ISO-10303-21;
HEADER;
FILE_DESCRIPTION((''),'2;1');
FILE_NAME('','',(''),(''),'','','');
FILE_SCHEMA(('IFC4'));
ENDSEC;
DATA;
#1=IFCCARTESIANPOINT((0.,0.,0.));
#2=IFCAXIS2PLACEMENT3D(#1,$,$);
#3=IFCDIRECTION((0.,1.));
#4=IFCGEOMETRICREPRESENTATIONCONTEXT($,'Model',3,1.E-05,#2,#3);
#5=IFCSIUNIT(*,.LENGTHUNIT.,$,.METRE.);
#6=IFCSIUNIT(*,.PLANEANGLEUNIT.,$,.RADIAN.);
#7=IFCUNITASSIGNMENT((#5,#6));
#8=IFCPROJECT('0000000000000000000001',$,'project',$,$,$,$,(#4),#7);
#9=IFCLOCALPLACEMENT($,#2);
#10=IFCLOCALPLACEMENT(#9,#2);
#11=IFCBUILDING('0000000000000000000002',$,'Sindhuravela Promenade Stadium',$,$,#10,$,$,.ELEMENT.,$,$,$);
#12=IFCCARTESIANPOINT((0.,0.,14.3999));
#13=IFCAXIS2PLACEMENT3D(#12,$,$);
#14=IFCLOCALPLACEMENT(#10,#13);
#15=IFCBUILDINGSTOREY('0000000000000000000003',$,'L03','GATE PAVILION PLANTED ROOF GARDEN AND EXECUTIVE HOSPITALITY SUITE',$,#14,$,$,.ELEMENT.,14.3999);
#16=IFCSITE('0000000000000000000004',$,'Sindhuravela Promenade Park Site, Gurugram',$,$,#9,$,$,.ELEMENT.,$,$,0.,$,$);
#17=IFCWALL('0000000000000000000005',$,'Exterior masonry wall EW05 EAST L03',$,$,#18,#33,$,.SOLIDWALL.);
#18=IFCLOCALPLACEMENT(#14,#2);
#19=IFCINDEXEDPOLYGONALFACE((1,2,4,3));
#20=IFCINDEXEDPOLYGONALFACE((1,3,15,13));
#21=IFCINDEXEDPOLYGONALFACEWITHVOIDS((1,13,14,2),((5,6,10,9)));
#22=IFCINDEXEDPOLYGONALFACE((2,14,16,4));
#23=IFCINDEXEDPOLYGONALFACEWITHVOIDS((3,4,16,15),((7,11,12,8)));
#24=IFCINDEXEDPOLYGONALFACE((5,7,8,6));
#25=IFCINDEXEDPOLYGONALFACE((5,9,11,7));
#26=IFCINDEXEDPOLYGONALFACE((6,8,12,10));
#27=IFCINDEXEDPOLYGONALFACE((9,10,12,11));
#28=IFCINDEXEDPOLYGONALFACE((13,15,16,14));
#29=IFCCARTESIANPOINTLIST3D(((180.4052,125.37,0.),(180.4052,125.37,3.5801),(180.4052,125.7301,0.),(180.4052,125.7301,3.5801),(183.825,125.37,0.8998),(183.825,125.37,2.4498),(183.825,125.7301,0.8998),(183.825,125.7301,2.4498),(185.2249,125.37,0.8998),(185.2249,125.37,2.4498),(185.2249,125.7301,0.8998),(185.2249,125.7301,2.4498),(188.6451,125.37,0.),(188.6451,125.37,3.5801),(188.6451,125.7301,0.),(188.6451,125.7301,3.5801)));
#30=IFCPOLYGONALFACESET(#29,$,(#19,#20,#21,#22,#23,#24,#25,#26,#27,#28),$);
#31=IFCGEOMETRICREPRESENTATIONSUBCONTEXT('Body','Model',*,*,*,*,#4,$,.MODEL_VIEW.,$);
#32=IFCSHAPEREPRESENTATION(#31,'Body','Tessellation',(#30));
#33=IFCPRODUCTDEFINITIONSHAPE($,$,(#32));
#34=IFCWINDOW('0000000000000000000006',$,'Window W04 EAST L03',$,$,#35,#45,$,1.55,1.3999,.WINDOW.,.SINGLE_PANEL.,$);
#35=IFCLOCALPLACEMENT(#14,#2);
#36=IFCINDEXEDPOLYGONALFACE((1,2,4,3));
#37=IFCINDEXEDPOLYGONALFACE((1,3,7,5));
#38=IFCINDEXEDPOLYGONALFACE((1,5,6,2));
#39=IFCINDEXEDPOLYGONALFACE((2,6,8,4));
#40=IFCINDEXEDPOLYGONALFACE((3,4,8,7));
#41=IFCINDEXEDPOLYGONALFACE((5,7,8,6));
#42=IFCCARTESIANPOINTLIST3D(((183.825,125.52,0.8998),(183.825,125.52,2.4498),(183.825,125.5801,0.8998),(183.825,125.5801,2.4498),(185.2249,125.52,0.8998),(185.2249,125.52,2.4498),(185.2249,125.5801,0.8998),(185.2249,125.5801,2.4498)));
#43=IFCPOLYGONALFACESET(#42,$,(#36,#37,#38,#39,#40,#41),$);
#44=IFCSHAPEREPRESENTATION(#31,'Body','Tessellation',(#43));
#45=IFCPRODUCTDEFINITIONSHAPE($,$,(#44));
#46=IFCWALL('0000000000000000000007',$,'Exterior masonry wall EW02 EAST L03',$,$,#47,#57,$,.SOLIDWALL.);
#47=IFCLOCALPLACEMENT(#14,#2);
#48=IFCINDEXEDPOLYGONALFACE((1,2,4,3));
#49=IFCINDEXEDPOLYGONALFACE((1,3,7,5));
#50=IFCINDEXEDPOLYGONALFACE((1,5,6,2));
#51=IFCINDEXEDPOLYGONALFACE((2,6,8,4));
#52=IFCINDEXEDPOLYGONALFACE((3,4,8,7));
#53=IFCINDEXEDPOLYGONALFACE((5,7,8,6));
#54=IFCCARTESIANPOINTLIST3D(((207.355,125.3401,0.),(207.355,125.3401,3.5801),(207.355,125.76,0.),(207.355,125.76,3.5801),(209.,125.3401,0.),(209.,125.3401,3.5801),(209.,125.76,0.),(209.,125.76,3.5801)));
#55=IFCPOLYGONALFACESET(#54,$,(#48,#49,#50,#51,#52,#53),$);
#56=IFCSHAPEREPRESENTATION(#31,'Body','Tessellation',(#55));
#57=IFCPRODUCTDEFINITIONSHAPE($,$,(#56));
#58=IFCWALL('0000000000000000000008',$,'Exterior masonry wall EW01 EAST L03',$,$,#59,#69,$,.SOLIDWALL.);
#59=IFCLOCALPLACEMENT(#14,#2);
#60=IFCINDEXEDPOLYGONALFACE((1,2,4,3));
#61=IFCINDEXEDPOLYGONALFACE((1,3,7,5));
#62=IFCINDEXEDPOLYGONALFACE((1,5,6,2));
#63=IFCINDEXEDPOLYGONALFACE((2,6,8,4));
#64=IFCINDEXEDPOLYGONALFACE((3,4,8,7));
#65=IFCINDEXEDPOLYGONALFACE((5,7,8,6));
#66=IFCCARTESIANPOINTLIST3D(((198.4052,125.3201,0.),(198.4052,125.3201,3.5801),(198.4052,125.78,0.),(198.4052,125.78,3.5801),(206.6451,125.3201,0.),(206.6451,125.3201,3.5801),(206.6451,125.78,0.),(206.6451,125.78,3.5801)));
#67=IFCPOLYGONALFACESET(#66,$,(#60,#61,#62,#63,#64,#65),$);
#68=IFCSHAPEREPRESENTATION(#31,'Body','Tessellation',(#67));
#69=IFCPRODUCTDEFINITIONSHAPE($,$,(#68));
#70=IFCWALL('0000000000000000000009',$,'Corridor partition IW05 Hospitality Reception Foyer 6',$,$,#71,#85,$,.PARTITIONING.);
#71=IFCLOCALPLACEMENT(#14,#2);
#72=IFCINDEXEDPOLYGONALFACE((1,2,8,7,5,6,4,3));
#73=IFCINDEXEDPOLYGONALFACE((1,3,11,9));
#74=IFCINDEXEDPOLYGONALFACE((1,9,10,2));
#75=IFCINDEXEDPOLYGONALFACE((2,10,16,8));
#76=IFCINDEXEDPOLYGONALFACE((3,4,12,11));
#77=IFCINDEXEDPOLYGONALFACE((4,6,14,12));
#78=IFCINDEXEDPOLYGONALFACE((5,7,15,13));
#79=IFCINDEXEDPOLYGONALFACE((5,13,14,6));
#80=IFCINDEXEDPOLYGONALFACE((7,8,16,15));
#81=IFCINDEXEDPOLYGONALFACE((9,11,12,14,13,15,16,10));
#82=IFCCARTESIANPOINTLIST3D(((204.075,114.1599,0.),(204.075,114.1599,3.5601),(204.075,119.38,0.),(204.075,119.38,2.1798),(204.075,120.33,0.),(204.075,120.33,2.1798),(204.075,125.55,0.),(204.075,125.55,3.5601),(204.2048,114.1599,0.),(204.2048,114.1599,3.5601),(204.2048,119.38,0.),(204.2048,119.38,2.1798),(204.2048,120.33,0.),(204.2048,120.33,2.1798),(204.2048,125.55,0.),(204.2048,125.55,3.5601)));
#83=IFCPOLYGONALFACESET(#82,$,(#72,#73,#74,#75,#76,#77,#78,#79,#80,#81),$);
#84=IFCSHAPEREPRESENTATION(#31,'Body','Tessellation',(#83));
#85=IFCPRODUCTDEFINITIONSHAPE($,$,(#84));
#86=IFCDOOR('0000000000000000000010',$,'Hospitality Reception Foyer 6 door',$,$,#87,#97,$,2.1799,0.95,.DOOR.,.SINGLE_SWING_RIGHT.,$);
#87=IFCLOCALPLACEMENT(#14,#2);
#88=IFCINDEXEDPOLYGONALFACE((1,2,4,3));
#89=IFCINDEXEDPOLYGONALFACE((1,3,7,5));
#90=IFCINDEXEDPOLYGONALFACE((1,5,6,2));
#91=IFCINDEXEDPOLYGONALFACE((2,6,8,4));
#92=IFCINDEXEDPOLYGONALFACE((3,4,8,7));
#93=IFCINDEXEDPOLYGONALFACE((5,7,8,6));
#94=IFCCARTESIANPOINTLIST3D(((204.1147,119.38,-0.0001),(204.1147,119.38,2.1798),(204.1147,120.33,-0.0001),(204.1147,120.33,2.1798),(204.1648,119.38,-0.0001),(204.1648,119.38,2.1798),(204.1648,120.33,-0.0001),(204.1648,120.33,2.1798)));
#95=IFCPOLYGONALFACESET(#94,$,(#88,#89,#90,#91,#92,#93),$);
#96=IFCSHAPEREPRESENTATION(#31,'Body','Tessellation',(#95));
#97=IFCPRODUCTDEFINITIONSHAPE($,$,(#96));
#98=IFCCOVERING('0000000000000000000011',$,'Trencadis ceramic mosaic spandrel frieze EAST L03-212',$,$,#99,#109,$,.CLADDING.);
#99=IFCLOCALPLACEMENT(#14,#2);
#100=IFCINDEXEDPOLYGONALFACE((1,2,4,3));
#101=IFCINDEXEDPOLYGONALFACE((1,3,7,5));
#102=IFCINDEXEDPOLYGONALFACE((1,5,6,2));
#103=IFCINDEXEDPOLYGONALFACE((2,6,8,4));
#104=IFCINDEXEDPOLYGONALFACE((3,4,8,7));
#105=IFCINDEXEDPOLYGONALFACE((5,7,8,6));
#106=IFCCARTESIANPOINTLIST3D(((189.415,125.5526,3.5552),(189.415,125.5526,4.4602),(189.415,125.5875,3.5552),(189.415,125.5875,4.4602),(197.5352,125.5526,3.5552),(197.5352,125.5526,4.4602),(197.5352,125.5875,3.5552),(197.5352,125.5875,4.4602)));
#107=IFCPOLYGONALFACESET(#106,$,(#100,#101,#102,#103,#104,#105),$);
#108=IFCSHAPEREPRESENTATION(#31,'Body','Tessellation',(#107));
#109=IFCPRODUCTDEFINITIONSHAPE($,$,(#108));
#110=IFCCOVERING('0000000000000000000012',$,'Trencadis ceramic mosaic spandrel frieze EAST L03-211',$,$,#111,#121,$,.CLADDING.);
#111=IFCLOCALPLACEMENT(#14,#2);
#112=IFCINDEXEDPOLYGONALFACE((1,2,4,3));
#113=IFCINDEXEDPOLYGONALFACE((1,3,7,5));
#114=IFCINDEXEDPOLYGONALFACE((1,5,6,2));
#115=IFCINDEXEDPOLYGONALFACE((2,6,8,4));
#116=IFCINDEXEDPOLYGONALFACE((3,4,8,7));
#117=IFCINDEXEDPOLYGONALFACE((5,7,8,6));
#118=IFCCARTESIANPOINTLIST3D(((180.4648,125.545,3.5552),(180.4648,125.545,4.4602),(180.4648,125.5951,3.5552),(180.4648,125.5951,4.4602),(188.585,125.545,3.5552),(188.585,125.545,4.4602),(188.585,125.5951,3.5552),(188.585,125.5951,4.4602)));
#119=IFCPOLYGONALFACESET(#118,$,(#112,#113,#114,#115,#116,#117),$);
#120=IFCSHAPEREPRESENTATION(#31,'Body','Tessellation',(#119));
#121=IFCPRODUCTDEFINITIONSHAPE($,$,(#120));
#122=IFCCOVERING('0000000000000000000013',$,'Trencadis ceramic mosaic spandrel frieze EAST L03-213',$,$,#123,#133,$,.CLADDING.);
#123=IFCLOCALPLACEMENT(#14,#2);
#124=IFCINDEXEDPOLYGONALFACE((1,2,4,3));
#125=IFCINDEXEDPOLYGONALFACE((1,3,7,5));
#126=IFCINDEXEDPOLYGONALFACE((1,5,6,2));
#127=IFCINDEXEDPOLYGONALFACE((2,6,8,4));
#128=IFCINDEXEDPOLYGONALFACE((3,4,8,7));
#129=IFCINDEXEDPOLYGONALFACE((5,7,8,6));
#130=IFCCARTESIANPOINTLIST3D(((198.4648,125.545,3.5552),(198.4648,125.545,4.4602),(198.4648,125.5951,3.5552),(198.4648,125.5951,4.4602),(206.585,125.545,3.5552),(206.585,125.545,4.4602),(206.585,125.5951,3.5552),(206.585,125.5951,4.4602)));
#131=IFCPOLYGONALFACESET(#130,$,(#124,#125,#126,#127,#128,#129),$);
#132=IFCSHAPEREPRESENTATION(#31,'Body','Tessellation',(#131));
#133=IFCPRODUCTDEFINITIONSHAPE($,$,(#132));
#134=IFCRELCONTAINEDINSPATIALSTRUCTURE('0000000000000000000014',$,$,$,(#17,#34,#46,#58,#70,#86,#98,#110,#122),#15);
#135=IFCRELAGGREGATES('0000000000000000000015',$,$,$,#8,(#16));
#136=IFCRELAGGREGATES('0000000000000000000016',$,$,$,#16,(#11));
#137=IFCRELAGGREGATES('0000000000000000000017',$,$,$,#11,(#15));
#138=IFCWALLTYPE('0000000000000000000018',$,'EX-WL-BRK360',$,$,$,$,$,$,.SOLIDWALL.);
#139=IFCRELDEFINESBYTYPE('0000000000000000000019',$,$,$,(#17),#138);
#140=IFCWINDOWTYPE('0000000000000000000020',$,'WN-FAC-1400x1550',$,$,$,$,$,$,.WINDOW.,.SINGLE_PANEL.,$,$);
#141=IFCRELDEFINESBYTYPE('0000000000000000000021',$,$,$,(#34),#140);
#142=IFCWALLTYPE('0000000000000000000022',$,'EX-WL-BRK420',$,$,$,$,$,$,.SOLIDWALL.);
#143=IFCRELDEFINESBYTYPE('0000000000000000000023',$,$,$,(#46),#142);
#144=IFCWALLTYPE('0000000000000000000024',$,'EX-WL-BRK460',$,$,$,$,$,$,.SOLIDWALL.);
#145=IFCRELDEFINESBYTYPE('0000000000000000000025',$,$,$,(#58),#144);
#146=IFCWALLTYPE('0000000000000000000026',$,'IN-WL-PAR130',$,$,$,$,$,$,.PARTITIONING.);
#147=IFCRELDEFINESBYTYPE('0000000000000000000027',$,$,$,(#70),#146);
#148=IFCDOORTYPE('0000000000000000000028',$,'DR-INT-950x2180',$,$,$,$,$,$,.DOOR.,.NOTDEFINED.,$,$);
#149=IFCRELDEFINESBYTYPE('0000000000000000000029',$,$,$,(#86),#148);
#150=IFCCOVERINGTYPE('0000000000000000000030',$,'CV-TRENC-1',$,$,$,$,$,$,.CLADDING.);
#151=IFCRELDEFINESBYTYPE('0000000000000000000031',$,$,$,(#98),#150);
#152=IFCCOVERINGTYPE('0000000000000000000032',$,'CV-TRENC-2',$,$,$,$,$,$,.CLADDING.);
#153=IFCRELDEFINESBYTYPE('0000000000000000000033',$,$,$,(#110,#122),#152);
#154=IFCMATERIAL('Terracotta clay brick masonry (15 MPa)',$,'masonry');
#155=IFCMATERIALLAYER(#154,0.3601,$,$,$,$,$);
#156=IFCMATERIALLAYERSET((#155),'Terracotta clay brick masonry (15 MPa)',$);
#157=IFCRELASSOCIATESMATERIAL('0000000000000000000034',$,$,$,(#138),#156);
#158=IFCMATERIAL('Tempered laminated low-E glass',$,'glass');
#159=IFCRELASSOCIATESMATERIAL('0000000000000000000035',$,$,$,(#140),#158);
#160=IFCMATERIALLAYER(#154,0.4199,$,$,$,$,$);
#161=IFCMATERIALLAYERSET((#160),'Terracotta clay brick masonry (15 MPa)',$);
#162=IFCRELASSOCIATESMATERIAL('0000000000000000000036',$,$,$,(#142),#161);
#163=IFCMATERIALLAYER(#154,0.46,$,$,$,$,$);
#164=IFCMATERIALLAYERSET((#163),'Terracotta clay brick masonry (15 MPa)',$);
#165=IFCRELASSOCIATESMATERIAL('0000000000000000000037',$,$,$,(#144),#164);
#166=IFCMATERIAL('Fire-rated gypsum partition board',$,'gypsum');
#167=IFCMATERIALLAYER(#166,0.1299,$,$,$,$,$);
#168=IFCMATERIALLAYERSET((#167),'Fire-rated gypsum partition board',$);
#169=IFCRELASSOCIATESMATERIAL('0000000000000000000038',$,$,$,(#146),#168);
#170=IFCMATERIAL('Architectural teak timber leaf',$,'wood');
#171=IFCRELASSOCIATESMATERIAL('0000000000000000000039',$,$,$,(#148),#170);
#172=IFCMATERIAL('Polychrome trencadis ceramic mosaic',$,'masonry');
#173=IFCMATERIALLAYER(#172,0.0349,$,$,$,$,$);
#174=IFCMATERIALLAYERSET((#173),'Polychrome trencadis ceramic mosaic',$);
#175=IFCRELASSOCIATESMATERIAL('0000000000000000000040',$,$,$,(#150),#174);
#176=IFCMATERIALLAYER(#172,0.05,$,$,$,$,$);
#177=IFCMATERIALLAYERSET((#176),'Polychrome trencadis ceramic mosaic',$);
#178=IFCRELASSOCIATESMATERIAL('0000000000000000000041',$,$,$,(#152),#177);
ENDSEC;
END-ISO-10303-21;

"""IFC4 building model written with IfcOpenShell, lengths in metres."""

from ifc_helpers import new_model, si_unit, direction, frame, frame_2d, origin, origin_2d, place, context, subcontext, project, spatial, rectangle, extrude, material, layer, layer_set, type_object, element, fill, save


model = new_model("IFC4")

# Units and contexts
model_context = context("Model", 3, precision=1e-05, world=origin(), true_north=direction((0.0, 1.0)))
body_context = subcontext(model_context, "Body", "Model", "MODEL_VIEW")
ifc_project = project(units=[si_unit("LENGTHUNIT", "METRE"), si_unit("PLANEANGLEUNIT", "RADIAN")], contexts=[model_context])

# Site, building, storey
site_placement = place(None, origin())
site = spatial("IfcSite", under=ifc_project, at=site_placement, Name="Sindhuravela Promenade Park Site, Gurugram", CompositionType="ELEMENT", RefElevation=0.0)
building_placement = place(site_placement, origin())
building = spatial("IfcBuilding", under=site, at=building_placement, Name="Sindhuravela Promenade Stadium", CompositionType="ELEMENT")
storey_placement = place(building_placement, frame((0.0, 0.0, 14.3999)))
storey = spatial("IfcBuildingStorey", under=building, at=storey_placement, Name="L03", Description="GATE PAVILION PLANTED ROOF GARDEN AND EXECUTIVE HOSPITALITY SUITE", CompositionType="ELEMENT", Elevation=14.3999)

# Shared definitions
ifc_material_1 = material(Name="Tempered laminated low-E glass", Category="glass")

# Shared definitions
ifc_material_2 = material(Name="Terracotta clay brick masonry (15 MPa)", Category="masonry")

# Wall, opening, window
ifc_layer_1 = layer(ifc_material_2, 0.3601)
ifc_layer_set_1 = layer_set([ifc_layer_1], Name="Terracotta clay brick masonry (15 MPa)")
wall_type_1 = type_object("IfcWallType", Name="EX-WL-BRK360", PredefinedType="SOLIDWALL", material=ifc_layer_set_1)
wall_1_placement = place(storey_placement, frame((180.405, 125.55, 0.0), z_axis=(0.0, 0.0, 1.0), x_axis=(1.0, 0.0, 0.0)))
wall_1 = element("IfcWall", 1, at=wall_1_placement, inside=storey, type_object=wall_type_1, Name="Exterior masonry wall EW05 EAST L03", PredefinedType="SOLIDWALL", context=body_context, shape_type="SweptSolid", body=[
    extrude(rectangle(XDim=8.24, YDim=0.3601, at=frame_2d((4.1201, 0.0))), origin(), (0.0, 0.0, 1.0), 3.5801),
])
opening_1_placement = place(wall_1_placement, frame((3.4199, 0.0, 0.8999)))
opening_1 = element("IfcOpeningElement", 2, at=opening_1_placement, cuts=wall_1, PredefinedType="OPENING", context=body_context, shape_type="SweptSolid", body=[
    extrude(rectangle(XDim=1.3999, YDim=1.55, at=frame_2d((0.7, 0.7749))), frame((0.0, 0.1899, 0.0), z_axis=(0.0, -1.0, 0.0), x_axis=(1.0, 0.0, 0.0)), (0.0, 0.0, 1.0), 0.3801),
])
window_type = type_object("IfcWindowType", Name="WN-FAC-1400x1550", PartitioningType="SINGLE_PANEL", PredefinedType="WINDOW", material=ifc_material_1)
window_placement = place(opening_1_placement, origin())
window = element("IfcWindow", 3, at=window_placement, inside=storey, type_object=window_type, Name="Window W04 EAST L03", OverallHeight=1.55, OverallWidth=1.3999, PartitioningType="SINGLE_PANEL", PredefinedType="WINDOW", context=body_context, shape_type="SweptSolid", body=[
    extrude(rectangle(XDim=1.3999, YDim=1.55, at=frame_2d((0.7, 0.7749))), frame((0.0, 0.03, 0.0), z_axis=(0.0, -1.0, 0.0), x_axis=(1.0, 0.0, 0.0)), (0.0, 0.0, 1.0), 0.0601),
])
fill(opening_1, window)

# Walls
ifc_layer_2 = layer(ifc_material_2, 0.4199)
ifc_layer_set_2 = layer_set([ifc_layer_2], Name="Terracotta clay brick masonry (15 MPa)")
wall_type_2 = type_object("IfcWallType", Name="EX-WL-BRK420", PredefinedType="SOLIDWALL", material=ifc_layer_set_2)
wall_2_placement = place(storey_placement, frame((207.355, 125.55, 0.0), z_axis=(0.0, 0.0, 1.0), x_axis=(1.0, 0.0, 0.0)))
element("IfcWall", 4, at=wall_2_placement, inside=storey, type_object=wall_type_2, Name="Exterior masonry wall EW02 EAST L03", PredefinedType="SOLIDWALL", context=body_context, shape_type="SweptSolid", body=[
    extrude(rectangle(XDim=1.645, YDim=0.4199, at=frame_2d((0.8225, 0.0))), origin(), (0.0, 0.0, 1.0), 3.5801),
])
ifc_layer_3 = layer(ifc_material_2, 0.46)
ifc_layer_set_3 = layer_set([ifc_layer_3], Name="Terracotta clay brick masonry (15 MPa)")
wall_type_3 = type_object("IfcWallType", Name="EX-WL-BRK460", PredefinedType="SOLIDWALL", material=ifc_layer_set_3)
wall_3_placement = place(storey_placement, frame((198.405, 125.55, 0.0), z_axis=(0.0, 0.0, 1.0), x_axis=(1.0, 0.0, 0.0)))
element("IfcWall", 5, at=wall_3_placement, inside=storey, type_object=wall_type_3, Name="Exterior masonry wall EW01 EAST L03", PredefinedType="SOLIDWALL", context=body_context, shape_type="SweptSolid", body=[
    extrude(rectangle(XDim=8.24, YDim=0.46, at=frame_2d((4.1201, 0.0))), origin(), (0.0, 0.0, 1.0), 3.5801),
])

# Wall, opening, door
ifc_material_3 = material(Name="Fire-rated gypsum partition board", Category="gypsum")
ifc_layer_4 = layer(ifc_material_3, 0.1299)
ifc_layer_set_4 = layer_set([ifc_layer_4], Name="Fire-rated gypsum partition board")
wall_type_4 = type_object("IfcWallType", Name="IN-WL-PAR130", PredefinedType="PARTITIONING", material=ifc_layer_set_4)
wall_4_placement = place(storey_placement, frame((204.1399, 125.55, 0.0), z_axis=(0.0, 0.0, 1.0), x_axis=(0.0, -1.0, 0.0)))
wall_4 = element("IfcWall", 6, at=wall_4_placement, inside=storey, type_object=wall_type_4, Name="Corridor partition IW05 Hospitality Reception Foyer 6", PredefinedType="PARTITIONING", context=body_context, shape_type="SweptSolid", body=[
    extrude(rectangle(XDim=11.3901, YDim=0.1299, at=frame_2d((5.6951, 0.0))), origin(), (0.0, 0.0, 1.0), 3.5601),
])
opening_2_placement = place(wall_4_placement, frame((5.22, 0.0, 0.0)))
opening_2 = element("IfcOpeningElement", 7, at=opening_2_placement, cuts=wall_4, PredefinedType="OPENING", context=body_context, shape_type="SweptSolid", body=[
    extrude(rectangle(XDim=0.95, YDim=2.1799, at=frame_2d((0.4751, 1.0898))), frame((0.0, 0.075, 0.0), z_axis=(0.0, -1.0, 0.0), x_axis=(1.0, 0.0, 0.0)), (0.0, 0.0, 1.0), 0.1499),
])
ifc_material_4 = material(Name="Architectural teak timber leaf", Category="wood")
door_type_1 = type_object("IfcDoorType", Name="DR-INT-950x2180", OperationType="NOTDEFINED", PredefinedType="DOOR", material=ifc_material_4)
door_1_placement = place(opening_2_placement, origin())
door_1 = element("IfcDoor", 8, at=door_1_placement, inside=storey, type_object=door_type_1, Name="Hospitality Reception Foyer 6 door", OperationType="SINGLE_SWING_RIGHT", OverallHeight=2.1799, OverallWidth=0.95, PredefinedType="DOOR", context=body_context, shape_type="SweptSolid", body=[
    extrude(rectangle(XDim=0.95, YDim=2.1799, at=frame_2d((0.4751, 1.0898))), frame((0.0, 0.0249, 0.0), z_axis=(0.0, -1.0, 0.0), x_axis=(1.0, 0.0, 0.0)), (0.0, 0.0, 1.0), 0.05),
])
fill(opening_2, door_1)

# Coverings
ifc_material_5 = material(Name="Polychrome trencadis ceramic mosaic", Category="masonry")
ifc_layer_5 = layer(ifc_material_5, 0.0349)
ifc_layer_set_5 = layer_set([ifc_layer_5], Name="Polychrome trencadis ceramic mosaic")
covering_type_1 = type_object("IfcCoveringType", Name="CV-TRENC-1", PredefinedType="CLADDING", material=ifc_layer_set_5)
covering_placement = place(storey_placement, frame((193.4751, 125.5701, 3.5552), z_axis=(0.0, 0.0, 1.0), x_axis=(1.0, 0.0, 0.0)))
element("IfcCovering", 9, at=covering_placement, inside=storey, type_object=covering_type_1, Name="Trencadis ceramic mosaic spandrel frieze EAST L03-212", PredefinedType="CLADDING", context=body_context, shape_type="SweptSolid", body=[
    extrude(rectangle(XDim=8.1201, YDim=0.0349, at=origin_2d()), origin(), (0.0, 0.0, 1.0), 0.905),
])
ifc_layer_6 = layer(ifc_material_5, 0.05)
ifc_layer_set_6 = layer_set([ifc_layer_6], Name="Polychrome trencadis ceramic mosaic")
covering_type_2 = type_object("IfcCoveringType", Name="CV-TRENC-2", PredefinedType="CLADDING", material=ifc_layer_set_6)
for number, where, z_axis, x_axis, name in (
    (10, (184.5249, 125.5701, 3.5552), (0.0, 0.0, 1.0), (1.0, 0.0, 0.0), "Trencadis ceramic mosaic spandrel frieze EAST L03-211"),
    (11, (202.5249, 125.5701, 3.5552), (0.0, 0.0, 1.0), (1.0, 0.0, 0.0), "Trencadis ceramic mosaic spandrel frieze EAST L03-213"),
):
    element("IfcCovering", number, at=place(storey_placement, frame(where, z_axis=z_axis, x_axis=x_axis)), inside=storey, type_object=covering_type_2, Name=name, PredefinedType="CLADDING", context=body_context, shape_type="SweptSolid", body=[
        extrude(rectangle(XDim=8.1201, YDim=0.05, at=origin_2d()), origin(), (0.0, 0.0, 1.0), 0.905),
    ])

save(model, "model.ifc")
